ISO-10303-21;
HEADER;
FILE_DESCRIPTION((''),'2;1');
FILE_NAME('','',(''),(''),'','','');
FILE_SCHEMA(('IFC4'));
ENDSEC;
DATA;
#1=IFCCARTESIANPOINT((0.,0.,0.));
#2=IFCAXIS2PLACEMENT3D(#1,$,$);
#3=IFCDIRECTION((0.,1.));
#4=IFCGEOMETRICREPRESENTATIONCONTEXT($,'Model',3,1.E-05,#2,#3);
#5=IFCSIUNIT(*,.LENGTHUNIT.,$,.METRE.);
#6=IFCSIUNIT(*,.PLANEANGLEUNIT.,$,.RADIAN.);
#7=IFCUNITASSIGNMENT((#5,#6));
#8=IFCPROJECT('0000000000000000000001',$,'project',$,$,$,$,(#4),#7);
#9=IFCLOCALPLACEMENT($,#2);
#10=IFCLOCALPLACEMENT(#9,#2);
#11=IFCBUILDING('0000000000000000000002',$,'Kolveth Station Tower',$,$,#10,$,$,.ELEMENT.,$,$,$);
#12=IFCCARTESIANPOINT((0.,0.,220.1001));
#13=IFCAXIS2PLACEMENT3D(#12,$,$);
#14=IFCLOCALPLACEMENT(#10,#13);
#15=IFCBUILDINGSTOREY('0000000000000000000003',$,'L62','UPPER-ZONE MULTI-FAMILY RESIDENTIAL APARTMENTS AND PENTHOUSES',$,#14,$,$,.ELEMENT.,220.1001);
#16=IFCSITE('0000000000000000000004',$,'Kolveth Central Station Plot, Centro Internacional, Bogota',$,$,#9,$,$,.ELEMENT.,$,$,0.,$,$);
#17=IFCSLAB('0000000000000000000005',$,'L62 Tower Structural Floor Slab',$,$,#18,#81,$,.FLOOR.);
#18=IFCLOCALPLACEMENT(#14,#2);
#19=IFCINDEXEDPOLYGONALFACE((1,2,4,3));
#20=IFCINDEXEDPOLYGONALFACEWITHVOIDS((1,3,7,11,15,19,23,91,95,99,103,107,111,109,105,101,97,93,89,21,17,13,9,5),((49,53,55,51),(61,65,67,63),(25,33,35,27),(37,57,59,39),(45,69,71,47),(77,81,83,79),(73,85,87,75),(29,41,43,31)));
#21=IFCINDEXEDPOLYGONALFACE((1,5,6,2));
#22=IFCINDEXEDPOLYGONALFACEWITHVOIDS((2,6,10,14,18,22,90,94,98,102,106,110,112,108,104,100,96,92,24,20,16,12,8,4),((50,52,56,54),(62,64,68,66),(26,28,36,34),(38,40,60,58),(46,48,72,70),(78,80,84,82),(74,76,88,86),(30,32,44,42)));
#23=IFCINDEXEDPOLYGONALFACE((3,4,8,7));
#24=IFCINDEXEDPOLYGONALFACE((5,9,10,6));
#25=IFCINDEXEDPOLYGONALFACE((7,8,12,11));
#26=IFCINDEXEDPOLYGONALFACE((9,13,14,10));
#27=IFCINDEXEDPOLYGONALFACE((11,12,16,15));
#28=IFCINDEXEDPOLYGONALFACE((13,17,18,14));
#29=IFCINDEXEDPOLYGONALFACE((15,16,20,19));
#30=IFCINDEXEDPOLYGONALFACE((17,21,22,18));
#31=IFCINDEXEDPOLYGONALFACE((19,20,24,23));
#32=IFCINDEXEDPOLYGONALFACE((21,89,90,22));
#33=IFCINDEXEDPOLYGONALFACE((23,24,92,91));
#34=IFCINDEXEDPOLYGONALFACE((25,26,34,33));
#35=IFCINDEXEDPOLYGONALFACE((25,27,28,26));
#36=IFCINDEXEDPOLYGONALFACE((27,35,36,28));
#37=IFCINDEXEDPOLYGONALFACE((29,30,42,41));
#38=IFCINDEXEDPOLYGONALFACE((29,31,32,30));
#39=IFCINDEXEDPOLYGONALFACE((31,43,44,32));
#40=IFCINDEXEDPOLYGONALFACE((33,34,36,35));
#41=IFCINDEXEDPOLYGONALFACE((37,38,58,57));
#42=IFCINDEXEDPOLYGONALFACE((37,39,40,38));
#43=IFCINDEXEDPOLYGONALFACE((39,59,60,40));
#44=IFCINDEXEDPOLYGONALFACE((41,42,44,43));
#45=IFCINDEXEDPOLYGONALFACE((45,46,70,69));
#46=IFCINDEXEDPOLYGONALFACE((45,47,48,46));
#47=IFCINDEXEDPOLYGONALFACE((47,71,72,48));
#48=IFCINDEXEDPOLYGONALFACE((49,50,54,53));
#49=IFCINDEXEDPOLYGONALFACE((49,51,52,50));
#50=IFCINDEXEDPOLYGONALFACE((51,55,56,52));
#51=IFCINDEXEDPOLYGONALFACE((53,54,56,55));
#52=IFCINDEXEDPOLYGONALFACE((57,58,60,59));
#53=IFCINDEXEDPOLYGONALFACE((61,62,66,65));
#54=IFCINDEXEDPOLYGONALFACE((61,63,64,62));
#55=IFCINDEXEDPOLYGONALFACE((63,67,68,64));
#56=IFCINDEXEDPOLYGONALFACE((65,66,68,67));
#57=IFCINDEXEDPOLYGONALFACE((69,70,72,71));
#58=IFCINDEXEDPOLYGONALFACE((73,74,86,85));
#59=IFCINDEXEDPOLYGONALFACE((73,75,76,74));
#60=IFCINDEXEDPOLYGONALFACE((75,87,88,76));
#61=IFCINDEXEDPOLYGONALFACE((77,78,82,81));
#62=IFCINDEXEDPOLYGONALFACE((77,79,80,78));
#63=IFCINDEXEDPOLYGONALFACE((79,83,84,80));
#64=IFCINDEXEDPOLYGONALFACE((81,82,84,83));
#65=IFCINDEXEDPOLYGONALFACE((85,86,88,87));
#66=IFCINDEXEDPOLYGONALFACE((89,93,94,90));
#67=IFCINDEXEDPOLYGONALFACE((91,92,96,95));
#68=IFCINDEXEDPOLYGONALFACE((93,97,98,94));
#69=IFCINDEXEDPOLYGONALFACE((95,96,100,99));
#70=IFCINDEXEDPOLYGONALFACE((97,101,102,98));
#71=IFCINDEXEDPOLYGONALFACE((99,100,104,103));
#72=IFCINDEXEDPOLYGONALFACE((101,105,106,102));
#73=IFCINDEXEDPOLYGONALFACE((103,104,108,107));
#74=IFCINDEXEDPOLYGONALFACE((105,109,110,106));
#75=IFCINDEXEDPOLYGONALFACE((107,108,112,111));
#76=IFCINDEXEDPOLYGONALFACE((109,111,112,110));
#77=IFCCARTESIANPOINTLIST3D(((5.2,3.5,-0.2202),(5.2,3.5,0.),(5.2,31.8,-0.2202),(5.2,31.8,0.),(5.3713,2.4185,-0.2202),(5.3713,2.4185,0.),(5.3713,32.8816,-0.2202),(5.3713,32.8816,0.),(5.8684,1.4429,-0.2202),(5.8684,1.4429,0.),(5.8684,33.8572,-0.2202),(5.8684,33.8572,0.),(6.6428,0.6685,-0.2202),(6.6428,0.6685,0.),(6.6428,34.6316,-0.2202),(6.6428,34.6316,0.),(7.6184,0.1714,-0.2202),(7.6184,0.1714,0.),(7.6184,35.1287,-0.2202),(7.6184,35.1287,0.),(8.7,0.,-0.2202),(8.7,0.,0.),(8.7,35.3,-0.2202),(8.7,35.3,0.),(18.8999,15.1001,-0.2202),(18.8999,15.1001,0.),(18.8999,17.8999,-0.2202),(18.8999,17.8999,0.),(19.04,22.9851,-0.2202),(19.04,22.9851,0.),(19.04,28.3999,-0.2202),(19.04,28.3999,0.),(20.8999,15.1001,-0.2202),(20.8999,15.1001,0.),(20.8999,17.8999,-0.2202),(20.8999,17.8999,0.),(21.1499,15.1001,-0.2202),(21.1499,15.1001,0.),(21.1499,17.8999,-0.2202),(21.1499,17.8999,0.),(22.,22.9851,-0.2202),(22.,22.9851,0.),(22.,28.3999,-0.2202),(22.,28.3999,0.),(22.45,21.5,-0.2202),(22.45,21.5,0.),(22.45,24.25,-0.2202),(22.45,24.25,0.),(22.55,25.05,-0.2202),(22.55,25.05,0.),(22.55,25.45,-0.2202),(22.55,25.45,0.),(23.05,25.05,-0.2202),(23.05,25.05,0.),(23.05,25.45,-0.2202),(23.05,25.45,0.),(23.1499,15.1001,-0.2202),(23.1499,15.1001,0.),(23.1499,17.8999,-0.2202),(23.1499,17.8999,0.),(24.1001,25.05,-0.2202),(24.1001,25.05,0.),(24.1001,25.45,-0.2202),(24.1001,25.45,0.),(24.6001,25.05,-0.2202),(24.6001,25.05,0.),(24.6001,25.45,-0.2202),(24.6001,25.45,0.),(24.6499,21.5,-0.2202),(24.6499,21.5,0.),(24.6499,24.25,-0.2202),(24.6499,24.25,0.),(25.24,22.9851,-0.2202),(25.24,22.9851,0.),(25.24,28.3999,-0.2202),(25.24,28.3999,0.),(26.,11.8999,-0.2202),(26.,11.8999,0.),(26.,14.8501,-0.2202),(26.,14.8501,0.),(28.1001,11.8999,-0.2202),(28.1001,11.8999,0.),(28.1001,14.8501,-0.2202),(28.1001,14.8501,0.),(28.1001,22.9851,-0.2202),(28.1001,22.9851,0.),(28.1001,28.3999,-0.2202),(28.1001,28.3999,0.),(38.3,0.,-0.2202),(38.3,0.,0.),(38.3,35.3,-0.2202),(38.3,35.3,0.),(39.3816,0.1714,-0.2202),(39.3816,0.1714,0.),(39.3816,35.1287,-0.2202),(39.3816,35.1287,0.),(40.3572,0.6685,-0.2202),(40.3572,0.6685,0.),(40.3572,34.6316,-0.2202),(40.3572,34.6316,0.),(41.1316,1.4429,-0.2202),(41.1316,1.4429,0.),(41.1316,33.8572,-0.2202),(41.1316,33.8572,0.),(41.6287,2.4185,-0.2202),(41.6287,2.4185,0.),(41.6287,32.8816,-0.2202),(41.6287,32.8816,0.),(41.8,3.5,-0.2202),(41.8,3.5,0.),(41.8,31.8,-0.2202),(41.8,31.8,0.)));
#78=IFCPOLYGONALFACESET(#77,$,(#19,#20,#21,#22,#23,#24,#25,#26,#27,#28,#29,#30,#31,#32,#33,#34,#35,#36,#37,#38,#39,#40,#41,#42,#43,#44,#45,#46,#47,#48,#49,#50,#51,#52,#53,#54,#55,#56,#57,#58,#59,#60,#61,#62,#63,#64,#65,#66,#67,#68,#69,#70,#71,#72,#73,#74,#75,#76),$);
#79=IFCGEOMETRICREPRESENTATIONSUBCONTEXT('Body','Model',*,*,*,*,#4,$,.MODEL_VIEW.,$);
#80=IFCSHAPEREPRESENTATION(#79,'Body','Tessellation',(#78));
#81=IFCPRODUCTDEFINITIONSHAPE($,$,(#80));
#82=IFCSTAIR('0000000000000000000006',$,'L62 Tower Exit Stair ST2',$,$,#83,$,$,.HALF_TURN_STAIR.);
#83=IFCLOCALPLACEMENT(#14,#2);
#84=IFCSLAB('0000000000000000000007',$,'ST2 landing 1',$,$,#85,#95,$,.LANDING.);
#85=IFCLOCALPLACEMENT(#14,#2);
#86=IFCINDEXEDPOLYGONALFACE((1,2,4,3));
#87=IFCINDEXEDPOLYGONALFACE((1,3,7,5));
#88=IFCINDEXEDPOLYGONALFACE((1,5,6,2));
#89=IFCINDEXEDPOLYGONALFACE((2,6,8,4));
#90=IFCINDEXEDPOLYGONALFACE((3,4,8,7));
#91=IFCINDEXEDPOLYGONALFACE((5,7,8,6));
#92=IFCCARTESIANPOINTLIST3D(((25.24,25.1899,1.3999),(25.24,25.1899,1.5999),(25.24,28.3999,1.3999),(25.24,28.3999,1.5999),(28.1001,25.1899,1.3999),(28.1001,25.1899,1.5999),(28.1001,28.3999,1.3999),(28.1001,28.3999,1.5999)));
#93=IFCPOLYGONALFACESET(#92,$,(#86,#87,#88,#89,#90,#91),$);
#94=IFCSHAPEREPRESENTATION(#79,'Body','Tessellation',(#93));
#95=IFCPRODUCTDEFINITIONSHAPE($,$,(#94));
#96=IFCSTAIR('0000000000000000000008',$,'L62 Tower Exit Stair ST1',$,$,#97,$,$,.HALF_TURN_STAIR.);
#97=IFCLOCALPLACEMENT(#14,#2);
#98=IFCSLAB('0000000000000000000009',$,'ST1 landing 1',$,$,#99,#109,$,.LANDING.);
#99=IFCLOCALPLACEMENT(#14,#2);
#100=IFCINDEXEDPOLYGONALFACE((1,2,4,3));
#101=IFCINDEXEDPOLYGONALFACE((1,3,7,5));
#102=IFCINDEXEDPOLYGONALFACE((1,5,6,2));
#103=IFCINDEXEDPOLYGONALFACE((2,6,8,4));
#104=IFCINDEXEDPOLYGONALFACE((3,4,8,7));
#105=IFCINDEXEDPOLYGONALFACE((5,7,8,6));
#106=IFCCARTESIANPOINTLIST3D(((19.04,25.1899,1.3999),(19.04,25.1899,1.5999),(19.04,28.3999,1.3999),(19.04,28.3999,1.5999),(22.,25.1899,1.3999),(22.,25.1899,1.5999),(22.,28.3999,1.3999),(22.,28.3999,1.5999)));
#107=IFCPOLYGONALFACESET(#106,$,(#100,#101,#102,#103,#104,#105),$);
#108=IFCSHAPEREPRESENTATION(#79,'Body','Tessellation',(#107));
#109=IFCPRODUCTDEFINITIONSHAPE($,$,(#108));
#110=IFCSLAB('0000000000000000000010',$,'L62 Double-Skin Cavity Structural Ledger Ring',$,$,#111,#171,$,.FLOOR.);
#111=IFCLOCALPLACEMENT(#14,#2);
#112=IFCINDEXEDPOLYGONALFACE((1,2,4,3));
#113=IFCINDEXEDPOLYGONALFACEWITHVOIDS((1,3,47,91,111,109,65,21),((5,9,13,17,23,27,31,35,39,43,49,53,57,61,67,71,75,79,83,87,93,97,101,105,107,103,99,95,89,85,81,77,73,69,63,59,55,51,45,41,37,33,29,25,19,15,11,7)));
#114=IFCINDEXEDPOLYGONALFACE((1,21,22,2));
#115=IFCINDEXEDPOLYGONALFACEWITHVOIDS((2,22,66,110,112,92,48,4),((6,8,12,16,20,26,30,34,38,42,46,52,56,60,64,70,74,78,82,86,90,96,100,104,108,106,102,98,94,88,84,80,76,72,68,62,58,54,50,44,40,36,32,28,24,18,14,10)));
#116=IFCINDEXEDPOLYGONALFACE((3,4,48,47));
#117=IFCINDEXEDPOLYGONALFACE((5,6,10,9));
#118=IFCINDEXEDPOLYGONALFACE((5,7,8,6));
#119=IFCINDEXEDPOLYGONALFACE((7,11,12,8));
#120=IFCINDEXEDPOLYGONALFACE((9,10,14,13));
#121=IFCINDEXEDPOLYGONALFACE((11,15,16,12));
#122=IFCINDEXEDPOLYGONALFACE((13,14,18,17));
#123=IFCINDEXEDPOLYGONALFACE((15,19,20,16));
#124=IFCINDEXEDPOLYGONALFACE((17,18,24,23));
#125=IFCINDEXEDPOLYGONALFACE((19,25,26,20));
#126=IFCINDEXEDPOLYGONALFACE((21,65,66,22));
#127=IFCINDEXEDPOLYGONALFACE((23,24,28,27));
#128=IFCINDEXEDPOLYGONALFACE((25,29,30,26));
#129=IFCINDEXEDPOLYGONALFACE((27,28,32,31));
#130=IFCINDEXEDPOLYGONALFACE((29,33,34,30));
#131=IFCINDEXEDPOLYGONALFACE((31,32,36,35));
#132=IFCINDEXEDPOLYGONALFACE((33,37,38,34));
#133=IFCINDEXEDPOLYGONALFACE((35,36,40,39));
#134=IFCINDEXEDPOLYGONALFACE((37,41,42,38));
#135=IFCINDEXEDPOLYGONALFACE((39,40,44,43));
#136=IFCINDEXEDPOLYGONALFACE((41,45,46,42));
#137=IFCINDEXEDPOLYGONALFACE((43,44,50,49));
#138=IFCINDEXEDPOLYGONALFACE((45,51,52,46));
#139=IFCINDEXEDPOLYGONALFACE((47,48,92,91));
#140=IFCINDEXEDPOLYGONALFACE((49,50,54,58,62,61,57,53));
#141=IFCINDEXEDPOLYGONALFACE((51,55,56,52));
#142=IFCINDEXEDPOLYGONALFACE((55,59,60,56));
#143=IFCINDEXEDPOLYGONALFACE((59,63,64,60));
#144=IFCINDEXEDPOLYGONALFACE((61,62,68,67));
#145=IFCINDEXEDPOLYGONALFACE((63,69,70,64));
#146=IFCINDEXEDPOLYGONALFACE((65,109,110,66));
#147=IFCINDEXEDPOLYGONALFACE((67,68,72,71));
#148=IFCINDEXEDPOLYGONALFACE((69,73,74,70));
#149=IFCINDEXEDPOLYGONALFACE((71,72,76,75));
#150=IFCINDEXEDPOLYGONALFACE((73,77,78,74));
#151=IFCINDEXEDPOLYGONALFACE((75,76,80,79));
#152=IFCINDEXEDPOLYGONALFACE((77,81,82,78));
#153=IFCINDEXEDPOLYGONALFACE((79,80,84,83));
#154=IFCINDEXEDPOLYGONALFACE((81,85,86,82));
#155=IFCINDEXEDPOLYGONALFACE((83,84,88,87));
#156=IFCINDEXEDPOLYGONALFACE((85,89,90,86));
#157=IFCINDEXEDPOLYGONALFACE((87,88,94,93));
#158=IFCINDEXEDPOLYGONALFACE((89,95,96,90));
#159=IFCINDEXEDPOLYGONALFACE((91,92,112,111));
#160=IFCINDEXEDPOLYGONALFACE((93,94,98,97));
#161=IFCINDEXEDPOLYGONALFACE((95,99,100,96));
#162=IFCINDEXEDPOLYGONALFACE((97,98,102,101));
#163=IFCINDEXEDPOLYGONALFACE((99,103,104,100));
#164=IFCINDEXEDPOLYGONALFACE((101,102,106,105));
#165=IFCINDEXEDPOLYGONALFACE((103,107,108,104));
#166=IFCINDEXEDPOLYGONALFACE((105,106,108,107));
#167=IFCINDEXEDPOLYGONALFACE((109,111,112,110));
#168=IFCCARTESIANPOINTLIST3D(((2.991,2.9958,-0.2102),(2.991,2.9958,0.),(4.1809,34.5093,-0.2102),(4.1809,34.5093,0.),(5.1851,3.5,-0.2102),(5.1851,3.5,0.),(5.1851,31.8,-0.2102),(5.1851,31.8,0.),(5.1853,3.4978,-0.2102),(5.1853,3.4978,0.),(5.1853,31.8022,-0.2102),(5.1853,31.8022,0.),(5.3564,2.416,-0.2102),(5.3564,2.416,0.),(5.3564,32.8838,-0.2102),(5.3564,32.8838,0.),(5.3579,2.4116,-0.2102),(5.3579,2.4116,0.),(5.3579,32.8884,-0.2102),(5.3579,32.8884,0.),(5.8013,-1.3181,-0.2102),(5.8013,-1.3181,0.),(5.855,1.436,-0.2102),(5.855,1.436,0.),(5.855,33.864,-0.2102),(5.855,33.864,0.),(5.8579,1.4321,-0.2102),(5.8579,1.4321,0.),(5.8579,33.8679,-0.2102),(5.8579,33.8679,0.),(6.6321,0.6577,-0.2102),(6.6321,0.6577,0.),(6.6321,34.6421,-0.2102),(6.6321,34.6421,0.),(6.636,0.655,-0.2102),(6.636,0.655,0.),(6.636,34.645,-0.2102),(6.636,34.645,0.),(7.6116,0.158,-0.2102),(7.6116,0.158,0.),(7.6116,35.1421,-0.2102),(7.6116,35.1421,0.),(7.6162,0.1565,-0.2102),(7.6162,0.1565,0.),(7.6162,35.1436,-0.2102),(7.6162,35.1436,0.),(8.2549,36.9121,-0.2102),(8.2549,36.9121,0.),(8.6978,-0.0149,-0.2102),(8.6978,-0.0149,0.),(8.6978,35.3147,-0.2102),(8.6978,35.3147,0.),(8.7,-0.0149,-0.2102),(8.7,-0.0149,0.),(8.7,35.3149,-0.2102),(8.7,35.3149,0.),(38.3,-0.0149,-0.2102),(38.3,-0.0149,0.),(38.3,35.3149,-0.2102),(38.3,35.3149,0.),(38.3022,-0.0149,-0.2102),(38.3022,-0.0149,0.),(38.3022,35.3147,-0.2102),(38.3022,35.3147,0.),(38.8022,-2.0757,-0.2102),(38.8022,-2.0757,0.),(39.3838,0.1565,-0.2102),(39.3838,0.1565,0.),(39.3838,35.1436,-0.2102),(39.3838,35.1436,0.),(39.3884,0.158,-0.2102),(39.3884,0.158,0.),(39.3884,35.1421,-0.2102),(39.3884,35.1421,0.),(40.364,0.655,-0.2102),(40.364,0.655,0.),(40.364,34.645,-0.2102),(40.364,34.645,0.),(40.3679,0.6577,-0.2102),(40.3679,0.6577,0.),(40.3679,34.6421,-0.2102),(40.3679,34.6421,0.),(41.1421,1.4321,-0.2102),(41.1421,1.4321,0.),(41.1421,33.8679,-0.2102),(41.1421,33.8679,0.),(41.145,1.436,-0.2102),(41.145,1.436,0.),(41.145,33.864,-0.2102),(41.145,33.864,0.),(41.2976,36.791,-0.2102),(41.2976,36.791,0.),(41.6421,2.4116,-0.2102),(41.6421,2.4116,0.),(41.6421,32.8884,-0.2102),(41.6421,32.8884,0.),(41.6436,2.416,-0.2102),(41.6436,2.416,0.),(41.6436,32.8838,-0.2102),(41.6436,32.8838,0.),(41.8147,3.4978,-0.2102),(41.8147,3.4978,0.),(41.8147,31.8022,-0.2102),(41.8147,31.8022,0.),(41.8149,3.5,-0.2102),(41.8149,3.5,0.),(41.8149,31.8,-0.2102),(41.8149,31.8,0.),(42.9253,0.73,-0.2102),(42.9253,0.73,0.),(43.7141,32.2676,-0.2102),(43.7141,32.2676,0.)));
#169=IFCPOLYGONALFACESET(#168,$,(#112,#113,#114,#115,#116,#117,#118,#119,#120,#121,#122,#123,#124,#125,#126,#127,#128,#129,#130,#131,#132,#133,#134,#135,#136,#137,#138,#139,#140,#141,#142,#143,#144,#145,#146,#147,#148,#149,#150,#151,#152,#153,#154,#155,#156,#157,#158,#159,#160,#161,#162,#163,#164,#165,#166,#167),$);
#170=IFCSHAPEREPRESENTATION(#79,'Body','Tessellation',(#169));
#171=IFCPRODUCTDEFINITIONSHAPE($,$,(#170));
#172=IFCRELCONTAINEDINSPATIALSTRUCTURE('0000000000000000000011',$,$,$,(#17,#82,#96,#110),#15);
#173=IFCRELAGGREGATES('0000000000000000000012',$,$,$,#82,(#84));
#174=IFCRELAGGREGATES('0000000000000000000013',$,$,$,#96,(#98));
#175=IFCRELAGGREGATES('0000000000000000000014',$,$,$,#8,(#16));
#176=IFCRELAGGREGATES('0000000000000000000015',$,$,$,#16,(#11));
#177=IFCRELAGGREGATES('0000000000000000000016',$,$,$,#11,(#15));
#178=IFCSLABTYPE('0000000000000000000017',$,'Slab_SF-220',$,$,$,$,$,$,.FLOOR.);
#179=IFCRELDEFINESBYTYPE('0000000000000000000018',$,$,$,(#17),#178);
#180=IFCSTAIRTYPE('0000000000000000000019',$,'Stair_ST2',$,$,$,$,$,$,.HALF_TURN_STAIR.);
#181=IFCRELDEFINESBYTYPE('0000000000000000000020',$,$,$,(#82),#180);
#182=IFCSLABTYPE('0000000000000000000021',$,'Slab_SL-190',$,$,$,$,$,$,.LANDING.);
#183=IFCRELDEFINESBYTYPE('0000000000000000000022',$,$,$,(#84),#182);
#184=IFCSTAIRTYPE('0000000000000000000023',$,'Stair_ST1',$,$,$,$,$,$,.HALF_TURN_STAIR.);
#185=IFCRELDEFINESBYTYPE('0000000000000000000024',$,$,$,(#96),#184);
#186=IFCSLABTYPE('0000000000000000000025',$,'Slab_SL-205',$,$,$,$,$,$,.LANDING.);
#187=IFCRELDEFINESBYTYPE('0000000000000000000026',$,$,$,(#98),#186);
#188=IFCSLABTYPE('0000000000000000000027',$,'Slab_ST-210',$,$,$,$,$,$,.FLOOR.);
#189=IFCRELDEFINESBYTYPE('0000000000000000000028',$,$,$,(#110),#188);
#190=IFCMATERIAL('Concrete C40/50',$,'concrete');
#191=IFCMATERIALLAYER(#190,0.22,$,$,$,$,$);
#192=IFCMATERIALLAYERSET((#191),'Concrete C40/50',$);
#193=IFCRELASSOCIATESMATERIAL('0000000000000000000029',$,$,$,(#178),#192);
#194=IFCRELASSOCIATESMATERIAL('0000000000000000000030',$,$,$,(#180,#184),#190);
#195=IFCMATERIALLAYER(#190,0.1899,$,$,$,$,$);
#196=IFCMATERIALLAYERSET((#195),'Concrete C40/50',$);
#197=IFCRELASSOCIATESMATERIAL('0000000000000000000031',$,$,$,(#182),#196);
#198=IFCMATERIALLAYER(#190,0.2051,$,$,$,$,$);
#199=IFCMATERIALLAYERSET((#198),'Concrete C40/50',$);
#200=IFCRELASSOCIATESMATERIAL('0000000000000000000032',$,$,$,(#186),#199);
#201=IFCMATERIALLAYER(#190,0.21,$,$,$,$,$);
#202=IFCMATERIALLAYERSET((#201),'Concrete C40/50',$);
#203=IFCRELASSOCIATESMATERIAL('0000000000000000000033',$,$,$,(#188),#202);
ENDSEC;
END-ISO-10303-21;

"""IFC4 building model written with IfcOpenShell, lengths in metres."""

from ifc_helpers import new_model, si_unit, direction, frame, origin, place, context, subcontext, project, spatial, polyline, outline, extrude, material, layer, layer_set, type_object, element, aggregate, save


model = new_model("IFC4")

# Units and contexts
model_context = context("Model", 3, precision=1e-05, world=origin(), true_north=direction((0.0, 1.0)))
body_context = subcontext(model_context, "Body", "Model", "MODEL_VIEW")
ifc_project = project(units=[si_unit("LENGTHUNIT", "METRE"), si_unit("PLANEANGLEUNIT", "RADIAN")], contexts=[model_context])

# Site, building, storey
site_placement = place(None, origin())
site = spatial("IfcSite", under=ifc_project, at=site_placement, Name="Kolveth Central Station Plot, Centro Internacional, Bogota", CompositionType="ELEMENT", RefElevation=0.0)
building_placement = place(site_placement, origin())
building = spatial("IfcBuilding", under=site, at=building_placement, Name="Kolveth Station Tower", CompositionType="ELEMENT")
storey_placement = place(building_placement, frame((0.0, 0.0, 220.1001)))
storey = spatial("IfcBuildingStorey", under=building, at=storey_placement, Name="L62", Description="UPPER-ZONE MULTI-FAMILY RESIDENTIAL APARTMENTS AND PENTHOUSES", CompositionType="ELEMENT", Elevation=220.1001)

# Slab
ifc_material_1 = material(Name="Concrete C40/50", Category="concrete")
ifc_layer_1 = layer(ifc_material_1, 0.22)
ifc_layer_set_1 = layer_set([ifc_layer_1], Name="Concrete C40/50")
slab_type_1 = type_object("IfcSlabType", Name="Slab_SF-220", PredefinedType="FLOOR", material=ifc_layer_set_1)
slab_1_placement = place(storey_placement, frame((0.0, 0.0, -0.2202)))
element("IfcSlab", 1, at=slab_1_placement, inside=storey, type_object=slab_type_1, Name="L62 Tower Structural Floor Slab", PredefinedType="FLOOR", context=body_context, shape_type="SweptSolid", body=[
    extrude(outline(polyline([(38.3, 0.0), (39.3816, 0.1714), (40.3572, 0.6685), (41.1316, 1.4429), (41.6287, 2.4185), (41.8, 3.5), (41.8, 31.8), (41.6287, 32.8816), (41.1316, 33.8572), (40.3572, 34.6316), (39.3816, 35.1287), (38.3, 35.3), (8.7, 35.3), (7.6184, 35.1287), (6.6428, 34.6316), (5.8684, 33.8572), (5.3713, 32.8816), (5.2, 31.8), (5.2, 3.5), (5.3713, 2.4185), (5.8684, 1.4429), (6.6428, 0.6685), (7.6184, 0.1714), (8.7, 0.0), (38.3, 0.0)]), holes=[polyline([(19.04, 22.9851), (22.0, 22.9851), (22.0, 28.3999), (19.04, 28.3999), (19.04, 22.9851)]), polyline([(25.24, 22.9851), (28.1001, 22.9851), (28.1001, 28.3999), (25.24, 28.3999), (25.24, 22.9851)]), polyline([(18.8999, 15.1001), (20.8999, 15.1001), (20.8999, 17.8999), (18.8999, 17.8999), (18.8999, 15.1001)]), polyline([(21.1499, 15.1001), (23.1499, 15.1001), (23.1499, 17.8999), (21.1499, 17.8999), (21.1499, 15.1001)]), polyline([(22.45, 21.5), (24.6499, 21.5), (24.6499, 24.25), (22.45, 24.25), (22.45, 21.5)]), polyline([(26.0, 11.8999), (28.1001, 11.8999), (28.1001, 14.8501), (26.0, 14.8501), (26.0, 11.8999)]), polyline([(22.55, 25.05), (23.05, 25.05), (23.05, 25.45), (22.55, 25.45), (22.55, 25.05)]), polyline([(24.1001, 25.05), (24.6001, 25.05), (24.6001, 25.45), (24.1001, 25.45), (24.1001, 25.05)])]), origin(), (0.0, 0.0, 1.0), 0.2202),
])

# Stairs, slabs
stair_type_1 = type_object("IfcStairType", Name="Stair_ST2", PredefinedType="HALF_TURN_STAIR", material=ifc_material_1)
stair_1_placement = place(storey_placement, origin())
stair_1 = element("IfcStair", 2, at=stair_1_placement, inside=storey, type_object=stair_type_1, Name="L62 Tower Exit Stair ST2", PredefinedType="HALF_TURN_STAIR")
ifc_layer_2 = layer(ifc_material_1, 0.1899)
ifc_layer_set_2 = layer_set([ifc_layer_2], Name="Concrete C40/50")
slab_type_2 = type_object("IfcSlabType", Name="Slab_SL-190", PredefinedType="LANDING", material=ifc_layer_set_2)
slab_2_placement = place(storey_placement, frame((0.0, 0.0, 1.3999)))
slab_2 = element("IfcSlab", 3, at=slab_2_placement, type_object=slab_type_2, Name="ST2 landing 1", PredefinedType="LANDING", context=body_context, shape_type="SweptSolid", body=[
    extrude(outline(polyline([(28.1001, 25.1899), (28.1001, 28.3999), (25.24, 28.3999), (25.24, 25.1899), (28.1001, 25.1899)])), origin(), (0.0, 0.0, 1.0), 0.2),
])
aggregate(stair_1, [slab_2])
stair_type_2 = type_object("IfcStairType", Name="Stair_ST1", PredefinedType="HALF_TURN_STAIR", material=ifc_material_1)
stair_2_placement = place(storey_placement, origin())
stair_2 = element("IfcStair", 4, at=stair_2_placement, inside=storey, type_object=stair_type_2, Name="L62 Tower Exit Stair ST1", PredefinedType="HALF_TURN_STAIR")
ifc_layer_3 = layer(ifc_material_1, 0.2051)
ifc_layer_set_3 = layer_set([ifc_layer_3], Name="Concrete C40/50")
slab_type_3 = type_object("IfcSlabType", Name="Slab_SL-205", PredefinedType="LANDING", material=ifc_layer_set_3)
slab_3_placement = place(storey_placement, frame((0.0, 0.0, 1.3999)))
slab_3 = element("IfcSlab", 5, at=slab_3_placement, type_object=slab_type_3, Name="ST1 landing 1", PredefinedType="LANDING", context=body_context, shape_type="SweptSolid", body=[
    extrude(outline(polyline([(22.0, 25.1899), (22.0, 28.3999), (19.04, 28.3999), (19.04, 25.1899), (22.0, 25.1899)])), origin(), (0.0, 0.0, 1.0), 0.2),
])
aggregate(stair_2, [slab_3])

# Slab
ifc_layer_4 = layer(ifc_material_1, 0.21)
ifc_layer_set_4 = layer_set([ifc_layer_4], Name="Concrete C40/50")
slab_type_4 = type_object("IfcSlabType", Name="Slab_ST-210", PredefinedType="FLOOR", material=ifc_layer_set_4)
slab_4_placement = place(storey_placement, frame((0.0, 0.0, -0.2102)))
element("IfcSlab", 6, at=slab_4_placement, inside=storey, type_object=slab_type_4, Name="L62 Double-Skin Cavity Structural Ledger Ring", PredefinedType="FLOOR", context=body_context, shape_type="SweptSolid", body=[
    extrude(outline(polyline([(5.8013, -1.3181), (2.991, 2.9958), (4.1809, 34.5093), (8.2549, 36.9121), (41.2976, 36.791), (43.7141, 32.2676), (42.9253, 0.73), (38.8022, -2.0757), (5.8013, -1.3181)]), holes=[polyline([(38.3022, -0.0149), (39.3838, 0.1565), (39.3884, 0.158), (40.364, 0.655), (40.3679, 0.6577), (41.1421, 1.4321), (41.145, 1.436), (41.6421, 2.4116), (41.6436, 2.416), (41.8147, 3.4978), (41.8149, 3.5), (41.8149, 31.8), (41.8147, 31.8022), (41.6436, 32.8838), (41.6421, 32.8884), (41.145, 33.864), (41.1421, 33.8679), (40.3679, 34.6421), (40.364, 34.645), (39.3884, 35.1421), (39.3838, 35.1436), (38.3022, 35.3147), (38.3, 35.3149), (8.7, 35.3149), (8.6978, 35.3147), (7.6162, 35.1436), (7.6116, 35.1421), (6.636, 34.645), (6.6321, 34.6421), (5.8579, 33.8679), (5.855, 33.864), (5.3579, 32.8884), (5.3564, 32.8838), (5.1853, 31.8022), (5.1851, 31.8), (5.1851, 3.5), (5.1853, 3.4978), (5.3564, 2.416), (5.3579, 2.4116), (5.855, 1.436), (5.8579, 1.4321), (6.6321, 0.6577), (6.636, 0.655), (7.6116, 0.158), (7.6162, 0.1565), (8.6978, -0.0149), (8.7, -0.0149), (38.3, -0.0149), (38.3022, -0.0149)])]), origin(), (0.0, 0.0, 1.0), 0.2102),
])

save(model, "model.ifc")
